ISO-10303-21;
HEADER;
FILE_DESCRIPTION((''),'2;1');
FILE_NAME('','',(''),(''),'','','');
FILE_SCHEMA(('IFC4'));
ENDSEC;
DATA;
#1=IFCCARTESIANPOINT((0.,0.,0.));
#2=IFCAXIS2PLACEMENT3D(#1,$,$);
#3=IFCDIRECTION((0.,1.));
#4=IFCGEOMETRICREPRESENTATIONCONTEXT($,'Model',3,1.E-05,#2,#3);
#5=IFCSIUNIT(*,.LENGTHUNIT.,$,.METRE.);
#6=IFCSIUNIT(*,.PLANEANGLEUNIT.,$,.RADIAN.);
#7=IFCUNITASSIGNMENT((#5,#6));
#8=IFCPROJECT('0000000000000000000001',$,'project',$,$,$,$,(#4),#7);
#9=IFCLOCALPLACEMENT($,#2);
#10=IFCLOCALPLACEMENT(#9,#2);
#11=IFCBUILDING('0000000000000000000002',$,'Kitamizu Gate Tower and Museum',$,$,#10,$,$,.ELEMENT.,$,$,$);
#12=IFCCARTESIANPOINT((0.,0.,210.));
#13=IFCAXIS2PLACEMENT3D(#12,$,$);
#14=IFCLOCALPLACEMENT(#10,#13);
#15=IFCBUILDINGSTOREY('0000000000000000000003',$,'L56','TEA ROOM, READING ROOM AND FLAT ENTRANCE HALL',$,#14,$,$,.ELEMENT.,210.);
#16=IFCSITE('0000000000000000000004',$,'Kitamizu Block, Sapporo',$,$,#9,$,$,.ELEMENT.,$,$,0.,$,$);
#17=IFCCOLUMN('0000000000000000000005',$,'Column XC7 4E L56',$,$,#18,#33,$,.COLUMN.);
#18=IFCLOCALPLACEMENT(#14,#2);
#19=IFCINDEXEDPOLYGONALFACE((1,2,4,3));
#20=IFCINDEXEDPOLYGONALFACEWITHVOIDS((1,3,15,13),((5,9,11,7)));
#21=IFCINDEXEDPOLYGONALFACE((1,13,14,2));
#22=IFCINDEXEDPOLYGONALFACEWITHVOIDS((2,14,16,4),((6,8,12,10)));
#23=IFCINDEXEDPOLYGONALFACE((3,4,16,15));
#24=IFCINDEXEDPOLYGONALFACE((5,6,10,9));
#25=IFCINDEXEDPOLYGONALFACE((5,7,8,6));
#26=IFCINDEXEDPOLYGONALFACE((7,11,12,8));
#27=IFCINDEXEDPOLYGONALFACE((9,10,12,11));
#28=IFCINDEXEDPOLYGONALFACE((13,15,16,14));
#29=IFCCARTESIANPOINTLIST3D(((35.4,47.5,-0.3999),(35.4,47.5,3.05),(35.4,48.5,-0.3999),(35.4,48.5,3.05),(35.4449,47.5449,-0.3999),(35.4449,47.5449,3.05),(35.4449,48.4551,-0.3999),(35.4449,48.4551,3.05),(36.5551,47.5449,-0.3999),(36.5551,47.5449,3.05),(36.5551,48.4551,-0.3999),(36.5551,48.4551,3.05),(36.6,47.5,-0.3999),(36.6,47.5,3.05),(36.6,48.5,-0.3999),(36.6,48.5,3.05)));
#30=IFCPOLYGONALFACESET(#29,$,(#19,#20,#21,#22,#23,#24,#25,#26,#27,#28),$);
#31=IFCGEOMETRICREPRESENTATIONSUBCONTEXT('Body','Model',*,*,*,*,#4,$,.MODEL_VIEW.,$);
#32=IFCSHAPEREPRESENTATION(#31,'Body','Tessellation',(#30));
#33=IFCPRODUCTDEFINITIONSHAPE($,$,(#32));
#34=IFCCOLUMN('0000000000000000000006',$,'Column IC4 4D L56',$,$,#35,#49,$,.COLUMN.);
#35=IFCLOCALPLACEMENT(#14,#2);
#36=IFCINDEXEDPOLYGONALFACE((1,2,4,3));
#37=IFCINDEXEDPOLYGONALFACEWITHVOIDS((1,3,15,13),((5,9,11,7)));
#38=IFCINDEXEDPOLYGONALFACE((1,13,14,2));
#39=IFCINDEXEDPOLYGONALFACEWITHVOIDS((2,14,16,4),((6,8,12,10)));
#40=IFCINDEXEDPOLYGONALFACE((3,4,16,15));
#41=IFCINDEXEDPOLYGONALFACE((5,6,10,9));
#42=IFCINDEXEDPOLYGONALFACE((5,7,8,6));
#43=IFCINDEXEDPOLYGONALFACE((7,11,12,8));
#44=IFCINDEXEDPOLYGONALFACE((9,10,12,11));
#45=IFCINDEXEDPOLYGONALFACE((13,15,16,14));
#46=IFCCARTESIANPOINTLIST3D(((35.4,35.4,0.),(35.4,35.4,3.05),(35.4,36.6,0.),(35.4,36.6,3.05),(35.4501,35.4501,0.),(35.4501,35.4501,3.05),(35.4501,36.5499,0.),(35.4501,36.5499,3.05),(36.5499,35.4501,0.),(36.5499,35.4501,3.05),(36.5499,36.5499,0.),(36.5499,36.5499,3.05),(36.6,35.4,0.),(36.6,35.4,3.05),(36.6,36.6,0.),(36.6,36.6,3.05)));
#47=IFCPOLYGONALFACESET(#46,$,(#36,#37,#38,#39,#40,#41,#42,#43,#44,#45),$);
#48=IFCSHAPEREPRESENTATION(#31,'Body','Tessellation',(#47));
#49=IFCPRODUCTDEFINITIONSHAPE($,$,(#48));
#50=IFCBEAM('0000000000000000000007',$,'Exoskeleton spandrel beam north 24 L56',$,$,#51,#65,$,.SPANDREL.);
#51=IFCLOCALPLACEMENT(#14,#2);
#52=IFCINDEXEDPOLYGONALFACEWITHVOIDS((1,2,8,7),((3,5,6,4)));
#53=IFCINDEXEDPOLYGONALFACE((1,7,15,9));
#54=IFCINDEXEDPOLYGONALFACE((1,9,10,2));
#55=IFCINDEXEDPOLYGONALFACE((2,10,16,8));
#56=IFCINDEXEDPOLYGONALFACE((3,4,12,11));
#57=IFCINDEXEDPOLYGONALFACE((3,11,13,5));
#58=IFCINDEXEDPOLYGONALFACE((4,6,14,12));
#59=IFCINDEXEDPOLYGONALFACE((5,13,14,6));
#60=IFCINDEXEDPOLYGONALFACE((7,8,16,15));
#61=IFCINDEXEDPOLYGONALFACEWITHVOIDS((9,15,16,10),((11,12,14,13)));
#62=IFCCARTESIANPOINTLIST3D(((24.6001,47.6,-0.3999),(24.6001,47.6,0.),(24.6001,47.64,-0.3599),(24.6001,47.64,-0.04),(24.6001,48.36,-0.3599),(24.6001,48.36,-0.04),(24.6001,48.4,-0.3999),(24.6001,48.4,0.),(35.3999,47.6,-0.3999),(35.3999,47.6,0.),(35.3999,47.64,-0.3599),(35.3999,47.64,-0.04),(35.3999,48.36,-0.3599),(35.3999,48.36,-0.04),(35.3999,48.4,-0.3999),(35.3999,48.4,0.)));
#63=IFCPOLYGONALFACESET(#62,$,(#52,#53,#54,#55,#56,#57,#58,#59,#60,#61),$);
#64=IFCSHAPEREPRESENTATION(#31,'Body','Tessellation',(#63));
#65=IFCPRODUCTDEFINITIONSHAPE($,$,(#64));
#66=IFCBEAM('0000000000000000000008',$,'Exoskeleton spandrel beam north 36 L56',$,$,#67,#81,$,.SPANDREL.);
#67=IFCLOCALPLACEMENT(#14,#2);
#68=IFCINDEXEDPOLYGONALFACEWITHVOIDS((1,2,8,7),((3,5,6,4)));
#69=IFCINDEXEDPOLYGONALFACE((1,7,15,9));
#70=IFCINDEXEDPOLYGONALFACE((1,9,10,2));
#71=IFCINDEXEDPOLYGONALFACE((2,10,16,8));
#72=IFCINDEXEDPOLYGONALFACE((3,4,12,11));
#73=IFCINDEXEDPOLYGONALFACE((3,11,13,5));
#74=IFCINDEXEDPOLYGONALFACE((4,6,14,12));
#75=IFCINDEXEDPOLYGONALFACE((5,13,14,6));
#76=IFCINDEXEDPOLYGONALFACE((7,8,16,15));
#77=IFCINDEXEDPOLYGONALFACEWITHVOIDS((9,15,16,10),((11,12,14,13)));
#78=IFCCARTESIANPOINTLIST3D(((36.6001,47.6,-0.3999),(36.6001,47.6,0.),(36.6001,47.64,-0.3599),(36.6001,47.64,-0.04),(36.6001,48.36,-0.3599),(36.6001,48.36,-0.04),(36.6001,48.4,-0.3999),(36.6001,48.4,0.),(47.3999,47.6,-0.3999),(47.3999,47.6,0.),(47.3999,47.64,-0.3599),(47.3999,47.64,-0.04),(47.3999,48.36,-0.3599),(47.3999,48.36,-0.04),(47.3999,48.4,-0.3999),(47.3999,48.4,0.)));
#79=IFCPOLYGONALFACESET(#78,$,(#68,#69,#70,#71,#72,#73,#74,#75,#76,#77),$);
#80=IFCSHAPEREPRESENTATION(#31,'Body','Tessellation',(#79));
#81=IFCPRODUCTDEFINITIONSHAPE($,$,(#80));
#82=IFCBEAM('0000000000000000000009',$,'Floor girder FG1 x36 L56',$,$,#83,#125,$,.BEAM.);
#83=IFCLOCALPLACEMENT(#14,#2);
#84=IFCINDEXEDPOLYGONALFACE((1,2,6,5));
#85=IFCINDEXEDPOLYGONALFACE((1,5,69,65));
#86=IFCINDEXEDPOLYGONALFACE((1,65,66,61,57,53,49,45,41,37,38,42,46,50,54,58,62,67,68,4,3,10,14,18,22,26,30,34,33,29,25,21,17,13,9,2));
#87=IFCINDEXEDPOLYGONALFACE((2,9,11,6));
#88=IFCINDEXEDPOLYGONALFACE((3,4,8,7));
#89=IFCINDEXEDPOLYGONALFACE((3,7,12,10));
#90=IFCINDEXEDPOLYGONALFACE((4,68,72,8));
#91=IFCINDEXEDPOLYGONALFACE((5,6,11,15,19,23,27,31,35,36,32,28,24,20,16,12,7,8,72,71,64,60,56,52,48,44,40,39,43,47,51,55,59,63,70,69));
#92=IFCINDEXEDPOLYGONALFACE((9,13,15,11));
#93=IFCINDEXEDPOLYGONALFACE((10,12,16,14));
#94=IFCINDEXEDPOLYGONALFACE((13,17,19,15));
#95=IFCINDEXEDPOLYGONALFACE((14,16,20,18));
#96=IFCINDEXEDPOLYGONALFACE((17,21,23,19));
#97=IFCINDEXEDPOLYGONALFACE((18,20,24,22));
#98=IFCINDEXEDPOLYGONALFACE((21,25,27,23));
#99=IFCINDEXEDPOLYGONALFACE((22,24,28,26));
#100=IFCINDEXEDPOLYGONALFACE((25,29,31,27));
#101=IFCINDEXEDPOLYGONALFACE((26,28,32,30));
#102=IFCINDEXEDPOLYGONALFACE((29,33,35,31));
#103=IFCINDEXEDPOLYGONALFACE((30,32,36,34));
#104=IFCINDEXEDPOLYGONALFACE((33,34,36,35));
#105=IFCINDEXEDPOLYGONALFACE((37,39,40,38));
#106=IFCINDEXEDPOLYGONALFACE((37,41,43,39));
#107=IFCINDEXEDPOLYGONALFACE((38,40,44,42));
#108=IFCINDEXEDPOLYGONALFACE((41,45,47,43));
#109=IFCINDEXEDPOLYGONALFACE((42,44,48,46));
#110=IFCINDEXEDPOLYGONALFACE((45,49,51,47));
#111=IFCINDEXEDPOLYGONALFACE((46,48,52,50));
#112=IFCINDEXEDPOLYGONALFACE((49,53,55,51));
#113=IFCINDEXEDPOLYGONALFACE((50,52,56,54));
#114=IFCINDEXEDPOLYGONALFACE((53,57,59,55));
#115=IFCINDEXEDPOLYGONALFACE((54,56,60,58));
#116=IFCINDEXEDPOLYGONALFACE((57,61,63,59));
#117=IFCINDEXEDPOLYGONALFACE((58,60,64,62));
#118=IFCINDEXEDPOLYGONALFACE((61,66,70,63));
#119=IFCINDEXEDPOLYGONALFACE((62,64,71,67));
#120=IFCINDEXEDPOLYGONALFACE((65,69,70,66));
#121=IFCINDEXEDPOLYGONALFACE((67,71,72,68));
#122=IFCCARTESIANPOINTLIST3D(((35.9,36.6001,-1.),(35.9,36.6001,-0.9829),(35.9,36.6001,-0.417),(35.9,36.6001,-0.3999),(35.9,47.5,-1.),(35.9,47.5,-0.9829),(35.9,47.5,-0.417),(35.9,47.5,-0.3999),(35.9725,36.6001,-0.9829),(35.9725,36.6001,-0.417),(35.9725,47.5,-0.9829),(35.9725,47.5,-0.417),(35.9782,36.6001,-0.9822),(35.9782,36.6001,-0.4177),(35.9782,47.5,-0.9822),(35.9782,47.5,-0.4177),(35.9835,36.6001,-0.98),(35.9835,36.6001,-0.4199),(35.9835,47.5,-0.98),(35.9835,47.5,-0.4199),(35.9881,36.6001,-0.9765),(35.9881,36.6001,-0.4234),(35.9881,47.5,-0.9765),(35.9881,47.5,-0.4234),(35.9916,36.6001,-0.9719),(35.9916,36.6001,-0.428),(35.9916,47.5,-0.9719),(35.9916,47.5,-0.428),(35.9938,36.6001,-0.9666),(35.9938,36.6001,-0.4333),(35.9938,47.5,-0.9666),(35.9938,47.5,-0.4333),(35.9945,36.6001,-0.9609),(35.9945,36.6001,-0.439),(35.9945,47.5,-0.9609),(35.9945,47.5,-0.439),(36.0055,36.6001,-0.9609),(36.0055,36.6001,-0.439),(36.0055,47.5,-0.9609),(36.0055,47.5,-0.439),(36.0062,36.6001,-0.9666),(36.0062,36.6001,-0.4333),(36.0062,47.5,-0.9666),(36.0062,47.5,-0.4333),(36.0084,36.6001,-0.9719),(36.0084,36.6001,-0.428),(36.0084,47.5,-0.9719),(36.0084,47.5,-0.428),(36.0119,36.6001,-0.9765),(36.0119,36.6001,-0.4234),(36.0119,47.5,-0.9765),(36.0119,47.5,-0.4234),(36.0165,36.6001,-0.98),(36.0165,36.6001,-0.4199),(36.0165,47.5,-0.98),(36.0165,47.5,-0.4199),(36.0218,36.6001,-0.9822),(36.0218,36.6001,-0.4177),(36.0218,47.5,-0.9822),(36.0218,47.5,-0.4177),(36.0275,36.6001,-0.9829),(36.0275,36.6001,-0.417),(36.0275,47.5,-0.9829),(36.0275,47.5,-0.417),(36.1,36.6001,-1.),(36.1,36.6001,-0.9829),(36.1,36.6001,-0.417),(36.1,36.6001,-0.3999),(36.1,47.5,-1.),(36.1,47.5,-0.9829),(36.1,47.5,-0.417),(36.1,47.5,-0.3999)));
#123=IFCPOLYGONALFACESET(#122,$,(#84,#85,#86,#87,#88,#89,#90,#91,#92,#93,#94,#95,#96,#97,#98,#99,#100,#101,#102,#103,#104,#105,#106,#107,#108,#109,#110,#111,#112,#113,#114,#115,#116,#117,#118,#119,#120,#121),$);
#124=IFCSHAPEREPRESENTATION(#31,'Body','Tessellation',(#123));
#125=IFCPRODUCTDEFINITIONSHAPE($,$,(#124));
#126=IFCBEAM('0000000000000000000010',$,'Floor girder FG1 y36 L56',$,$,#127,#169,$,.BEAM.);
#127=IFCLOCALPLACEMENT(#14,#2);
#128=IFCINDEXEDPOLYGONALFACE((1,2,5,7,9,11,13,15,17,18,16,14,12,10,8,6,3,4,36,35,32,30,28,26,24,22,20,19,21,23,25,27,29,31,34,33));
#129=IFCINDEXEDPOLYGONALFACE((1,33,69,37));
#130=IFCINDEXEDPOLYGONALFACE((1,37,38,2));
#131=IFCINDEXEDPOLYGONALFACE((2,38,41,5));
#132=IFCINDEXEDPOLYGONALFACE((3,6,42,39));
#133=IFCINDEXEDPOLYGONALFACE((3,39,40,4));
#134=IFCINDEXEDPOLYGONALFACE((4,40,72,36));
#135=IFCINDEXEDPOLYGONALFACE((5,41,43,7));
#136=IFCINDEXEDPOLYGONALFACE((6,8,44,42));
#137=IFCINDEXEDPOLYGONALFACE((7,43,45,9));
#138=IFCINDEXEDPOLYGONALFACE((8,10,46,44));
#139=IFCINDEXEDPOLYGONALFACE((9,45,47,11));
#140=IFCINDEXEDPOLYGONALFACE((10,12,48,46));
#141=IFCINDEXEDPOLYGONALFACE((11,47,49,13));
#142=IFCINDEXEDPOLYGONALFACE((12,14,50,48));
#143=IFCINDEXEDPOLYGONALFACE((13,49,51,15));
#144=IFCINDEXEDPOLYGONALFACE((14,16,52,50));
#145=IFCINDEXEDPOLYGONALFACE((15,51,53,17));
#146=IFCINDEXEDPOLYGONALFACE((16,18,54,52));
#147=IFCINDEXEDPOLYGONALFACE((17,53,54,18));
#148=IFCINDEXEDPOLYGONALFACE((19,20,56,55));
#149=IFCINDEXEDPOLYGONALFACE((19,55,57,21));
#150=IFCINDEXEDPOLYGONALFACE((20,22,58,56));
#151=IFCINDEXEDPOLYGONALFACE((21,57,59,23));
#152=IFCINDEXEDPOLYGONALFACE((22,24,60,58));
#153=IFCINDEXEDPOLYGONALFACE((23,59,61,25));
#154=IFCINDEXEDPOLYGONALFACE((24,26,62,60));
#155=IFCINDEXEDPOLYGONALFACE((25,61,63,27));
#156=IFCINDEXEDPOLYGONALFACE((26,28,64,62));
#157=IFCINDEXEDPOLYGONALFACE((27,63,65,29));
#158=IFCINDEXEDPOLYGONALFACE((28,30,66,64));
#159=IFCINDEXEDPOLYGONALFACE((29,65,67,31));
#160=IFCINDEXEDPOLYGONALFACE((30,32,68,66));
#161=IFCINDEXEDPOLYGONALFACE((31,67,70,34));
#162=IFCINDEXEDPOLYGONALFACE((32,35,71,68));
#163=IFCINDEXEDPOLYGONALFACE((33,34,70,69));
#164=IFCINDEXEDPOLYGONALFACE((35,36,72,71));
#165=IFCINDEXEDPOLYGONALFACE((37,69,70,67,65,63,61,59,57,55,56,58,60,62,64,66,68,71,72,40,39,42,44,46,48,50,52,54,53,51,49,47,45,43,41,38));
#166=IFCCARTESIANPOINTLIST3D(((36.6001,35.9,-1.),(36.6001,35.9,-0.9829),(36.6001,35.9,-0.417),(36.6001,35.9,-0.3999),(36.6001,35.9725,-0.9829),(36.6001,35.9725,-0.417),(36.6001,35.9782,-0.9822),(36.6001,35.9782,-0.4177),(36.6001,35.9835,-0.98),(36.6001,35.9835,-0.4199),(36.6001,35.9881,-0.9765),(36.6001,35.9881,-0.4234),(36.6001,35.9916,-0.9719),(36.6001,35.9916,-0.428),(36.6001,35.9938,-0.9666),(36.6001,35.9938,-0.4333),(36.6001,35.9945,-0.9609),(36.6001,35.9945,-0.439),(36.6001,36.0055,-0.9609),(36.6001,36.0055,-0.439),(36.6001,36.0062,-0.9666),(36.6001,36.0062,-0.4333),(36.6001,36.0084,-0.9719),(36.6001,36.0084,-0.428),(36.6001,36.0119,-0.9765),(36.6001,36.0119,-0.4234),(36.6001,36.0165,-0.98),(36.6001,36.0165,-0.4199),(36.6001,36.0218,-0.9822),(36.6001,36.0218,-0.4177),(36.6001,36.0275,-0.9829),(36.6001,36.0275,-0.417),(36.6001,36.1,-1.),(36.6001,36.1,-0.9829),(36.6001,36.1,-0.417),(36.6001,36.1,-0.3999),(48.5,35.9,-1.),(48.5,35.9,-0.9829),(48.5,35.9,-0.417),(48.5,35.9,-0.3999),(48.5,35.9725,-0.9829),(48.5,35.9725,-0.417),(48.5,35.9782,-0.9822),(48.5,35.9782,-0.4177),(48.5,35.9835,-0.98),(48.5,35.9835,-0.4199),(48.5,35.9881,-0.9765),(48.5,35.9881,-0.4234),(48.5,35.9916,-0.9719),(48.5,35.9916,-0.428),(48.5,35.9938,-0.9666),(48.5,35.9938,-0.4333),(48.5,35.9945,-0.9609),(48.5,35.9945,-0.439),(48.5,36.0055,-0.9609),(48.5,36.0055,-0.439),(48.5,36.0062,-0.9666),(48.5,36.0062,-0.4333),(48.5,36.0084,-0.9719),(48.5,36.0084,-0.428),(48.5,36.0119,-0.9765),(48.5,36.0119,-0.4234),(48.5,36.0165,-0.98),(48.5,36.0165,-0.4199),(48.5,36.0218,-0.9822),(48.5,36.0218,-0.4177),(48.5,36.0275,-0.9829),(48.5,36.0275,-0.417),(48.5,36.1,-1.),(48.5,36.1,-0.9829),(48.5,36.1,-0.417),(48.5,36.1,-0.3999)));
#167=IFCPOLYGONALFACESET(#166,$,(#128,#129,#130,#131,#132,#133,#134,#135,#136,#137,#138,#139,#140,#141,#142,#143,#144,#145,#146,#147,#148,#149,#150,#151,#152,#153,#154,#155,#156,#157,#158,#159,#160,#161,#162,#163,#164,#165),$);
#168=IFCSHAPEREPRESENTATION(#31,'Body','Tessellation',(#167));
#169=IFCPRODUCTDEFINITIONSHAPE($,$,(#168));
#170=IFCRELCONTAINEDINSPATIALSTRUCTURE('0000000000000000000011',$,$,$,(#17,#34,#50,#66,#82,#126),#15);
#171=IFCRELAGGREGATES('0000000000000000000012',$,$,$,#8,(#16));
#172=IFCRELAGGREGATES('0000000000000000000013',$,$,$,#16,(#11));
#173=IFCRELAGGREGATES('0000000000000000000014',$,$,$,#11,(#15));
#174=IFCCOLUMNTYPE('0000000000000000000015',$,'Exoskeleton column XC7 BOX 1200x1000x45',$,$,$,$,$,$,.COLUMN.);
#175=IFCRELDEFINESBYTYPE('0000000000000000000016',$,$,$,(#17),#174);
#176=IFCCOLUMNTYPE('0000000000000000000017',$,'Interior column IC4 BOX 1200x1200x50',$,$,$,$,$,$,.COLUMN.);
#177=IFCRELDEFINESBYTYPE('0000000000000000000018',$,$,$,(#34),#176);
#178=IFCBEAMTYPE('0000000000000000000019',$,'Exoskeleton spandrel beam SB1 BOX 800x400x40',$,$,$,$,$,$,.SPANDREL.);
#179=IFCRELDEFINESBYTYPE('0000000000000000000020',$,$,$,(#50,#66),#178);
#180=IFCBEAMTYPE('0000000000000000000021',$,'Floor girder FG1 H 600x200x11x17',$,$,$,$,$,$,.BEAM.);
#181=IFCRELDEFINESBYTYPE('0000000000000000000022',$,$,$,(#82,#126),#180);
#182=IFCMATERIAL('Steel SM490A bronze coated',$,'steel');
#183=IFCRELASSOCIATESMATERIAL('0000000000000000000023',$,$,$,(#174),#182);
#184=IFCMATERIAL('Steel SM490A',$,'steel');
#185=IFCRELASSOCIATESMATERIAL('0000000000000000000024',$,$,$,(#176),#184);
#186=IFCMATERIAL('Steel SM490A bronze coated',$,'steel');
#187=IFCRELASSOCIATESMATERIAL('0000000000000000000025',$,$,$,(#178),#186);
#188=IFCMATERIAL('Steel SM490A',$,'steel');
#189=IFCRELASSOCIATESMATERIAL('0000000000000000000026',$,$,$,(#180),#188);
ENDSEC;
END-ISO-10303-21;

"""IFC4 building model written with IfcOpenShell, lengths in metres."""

from ifc_helpers import new_model, si_unit, direction, frame, origin, origin_2d, place, context, subcontext, project, spatial, hollow_rectangle, i_section, extrude, material, material_profile, profile_set, type_object, element, save


model = new_model("IFC4")

# Units and contexts
model_context = context("Model", 3, precision=1e-05, world=origin(), true_north=direction((0.0, 1.0)))
body_context = subcontext(model_context, "Body", "Model", "MODEL_VIEW")
ifc_project = project(units=[si_unit("LENGTHUNIT", "METRE"), si_unit("PLANEANGLEUNIT", "RADIAN")], contexts=[model_context])

# Site, building, storey
site_placement = place(None, origin())
site = spatial("IfcSite", under=ifc_project, at=site_placement, Name="Kitamizu Block, Sapporo", CompositionType="ELEMENT", RefElevation=0.0)
building_placement = place(site_placement, origin())
building = spatial("IfcBuilding", under=site, at=building_placement, Name="Kitamizu Gate Tower and Museum", CompositionType="ELEMENT")
storey_placement = place(building_placement, frame((0.0, 0.0, 210.0)))
storey = spatial("IfcBuildingStorey", under=building, at=storey_placement, Name="L56", Description="TEA ROOM, READING ROOM AND FLAT ENTRANCE HALL", CompositionType="ELEMENT", Elevation=210.0)

# Columns
ifc_material_1 = material(Name="Steel SM490A bronze coated", Category="steel")
ifc_material_profile_1 = material_profile(ifc_material_1, hollow_rectangle(XDim=1.2, YDim=1.0, WallThickness=0.0449, at=origin_2d()), Name="BOX 1200x1000x45")
ifc_profile_set_1 = profile_set([ifc_material_profile_1], Name="Steel SM490A bronze coated")
column_type_1 = type_object("IfcColumnType", Name="Exoskeleton column XC7 BOX 1200x1000x45", PredefinedType="COLUMN", material=ifc_profile_set_1)
column_1_placement = place(storey_placement, frame((36.0, 48.0, -0.3999), z_axis=(0.0, 0.0, 1.0), x_axis=(1.0, 0.0, 0.0)))
element("IfcColumn", 1, at=column_1_placement, inside=storey, type_object=column_type_1, Name="Column XC7 4E L56", PredefinedType="COLUMN", context=body_context, shape_type="SweptSolid", body=[
    extrude(hollow_rectangle(XDim=1.2, YDim=1.0, WallThickness=0.0449, at=origin_2d()), origin(), (0.0, 0.0, 1.0), 3.45),
])
ifc_material_2 = material(Name="Steel SM490A", Category="steel")
ifc_material_profile_2 = material_profile(ifc_material_2, hollow_rectangle(XDim=1.2, YDim=1.2, WallThickness=0.05, at=origin_2d()), Name="BOX 1200x1200x50")
ifc_profile_set_2 = profile_set([ifc_material_profile_2], Name="Steel SM490A")
column_type_2 = type_object("IfcColumnType", Name="Interior column IC4 BOX 1200x1200x50", PredefinedType="COLUMN", material=ifc_profile_set_2)
column_2_placement = place(storey_placement, frame((36.0, 36.0, 0.0), z_axis=(0.0, 0.0, 1.0), x_axis=(1.0, 0.0, 0.0)))
element("IfcColumn", 2, at=column_2_placement, inside=storey, type_object=column_type_2, Name="Column IC4 4D L56", PredefinedType="COLUMN", context=body_context, shape_type="SweptSolid", body=[
    extrude(hollow_rectangle(XDim=1.2, YDim=1.2, WallThickness=0.05, at=origin_2d()), origin(), (0.0, 0.0, 1.0), 3.05),
])

# Beams
ifc_material_3 = material(Name="Steel SM490A bronze coated", Category="steel")
ifc_material_profile_3 = material_profile(ifc_material_3, hollow_rectangle(XDim=0.8, YDim=0.3999, WallThickness=0.04, at=origin_2d()), Name="BOX 800x400x40")
ifc_profile_set_3 = profile_set([ifc_material_profile_3], Name="Steel SM490A bronze coated")
beam_type_1 = type_object("IfcBeamType", Name="Exoskeleton spandrel beam SB1 BOX 800x400x40", PredefinedType="SPANDREL", material=ifc_profile_set_3)
for number, where, z_axis, x_axis, name in (
    (3, (24.6001, 48.0, -0.2), (1.0, 0.0, 0.0), (0.0, 1.0, 0.0), "Exoskeleton spandrel beam north 24 L56"),
    (4, (36.6001, 48.0, -0.2), (1.0, 0.0, 0.0), (0.0, 1.0, 0.0), "Exoskeleton spandrel beam north 36 L56"),
):
    element("IfcBeam", number, at=place(storey_placement, frame(where, z_axis=z_axis, x_axis=x_axis)), inside=storey, type_object=beam_type_1, Name=name, PredefinedType="SPANDREL", context=body_context, shape_type="SweptSolid", body=[
        extrude(hollow_rectangle(XDim=0.8, YDim=0.3999, WallThickness=0.04, at=origin_2d()), origin(), (0.0, 0.0, 1.0), 10.7998),
    ])
ifc_material_4 = material(Name="Steel SM490A", Category="steel")
ifc_material_profile_4 = material_profile(ifc_material_4, i_section(OverallWidth=0.2, OverallDepth=0.6001, WebThickness=0.011, FlangeThickness=0.0171, FilletRadius=0.022, at=origin_2d()), Name="H-600x200x11x17")
ifc_profile_set_4 = profile_set([ifc_material_profile_4], Name="Steel SM490A")
beam_type_2 = type_object("IfcBeamType", Name="Floor girder FG1 H 600x200x11x17", PredefinedType="BEAM", material=ifc_profile_set_4)
beam_1_placement = place(storey_placement, frame((36.0, 36.6001, -0.7), z_axis=(0.0, 1.0, 0.0), x_axis=(-1.0, 0.0, 0.0)))
element("IfcBeam", 5, at=beam_1_placement, inside=storey, type_object=beam_type_2, Name="Floor girder FG1 x36 L56", PredefinedType="BEAM", context=body_context, shape_type="SweptSolid", body=[
    extrude(i_section(OverallWidth=0.2, OverallDepth=0.6001, WebThickness=0.011, FlangeThickness=0.0171, FilletRadius=0.022, at=origin_2d()), origin(), (0.0, 0.0, 1.0), 10.8999),
])
beam_2_placement = place(storey_placement, frame((36.6001, 36.0, -0.7), z_axis=(1.0, 0.0, 0.0), x_axis=(0.0, 1.0, 0.0)))
element("IfcBeam", 6, at=beam_2_placement, inside=storey, type_object=beam_type_2, Name="Floor girder FG1 y36 L56", PredefinedType="BEAM", context=body_context, shape_type="SweptSolid", body=[
    extrude(i_section(OverallWidth=0.2, OverallDepth=0.6001, WebThickness=0.011, FlangeThickness=0.0171, FilletRadius=0.022, at=origin_2d()), origin(), (0.0, 0.0, 1.0), 11.8999),
])

save(model, "model.ifc")
